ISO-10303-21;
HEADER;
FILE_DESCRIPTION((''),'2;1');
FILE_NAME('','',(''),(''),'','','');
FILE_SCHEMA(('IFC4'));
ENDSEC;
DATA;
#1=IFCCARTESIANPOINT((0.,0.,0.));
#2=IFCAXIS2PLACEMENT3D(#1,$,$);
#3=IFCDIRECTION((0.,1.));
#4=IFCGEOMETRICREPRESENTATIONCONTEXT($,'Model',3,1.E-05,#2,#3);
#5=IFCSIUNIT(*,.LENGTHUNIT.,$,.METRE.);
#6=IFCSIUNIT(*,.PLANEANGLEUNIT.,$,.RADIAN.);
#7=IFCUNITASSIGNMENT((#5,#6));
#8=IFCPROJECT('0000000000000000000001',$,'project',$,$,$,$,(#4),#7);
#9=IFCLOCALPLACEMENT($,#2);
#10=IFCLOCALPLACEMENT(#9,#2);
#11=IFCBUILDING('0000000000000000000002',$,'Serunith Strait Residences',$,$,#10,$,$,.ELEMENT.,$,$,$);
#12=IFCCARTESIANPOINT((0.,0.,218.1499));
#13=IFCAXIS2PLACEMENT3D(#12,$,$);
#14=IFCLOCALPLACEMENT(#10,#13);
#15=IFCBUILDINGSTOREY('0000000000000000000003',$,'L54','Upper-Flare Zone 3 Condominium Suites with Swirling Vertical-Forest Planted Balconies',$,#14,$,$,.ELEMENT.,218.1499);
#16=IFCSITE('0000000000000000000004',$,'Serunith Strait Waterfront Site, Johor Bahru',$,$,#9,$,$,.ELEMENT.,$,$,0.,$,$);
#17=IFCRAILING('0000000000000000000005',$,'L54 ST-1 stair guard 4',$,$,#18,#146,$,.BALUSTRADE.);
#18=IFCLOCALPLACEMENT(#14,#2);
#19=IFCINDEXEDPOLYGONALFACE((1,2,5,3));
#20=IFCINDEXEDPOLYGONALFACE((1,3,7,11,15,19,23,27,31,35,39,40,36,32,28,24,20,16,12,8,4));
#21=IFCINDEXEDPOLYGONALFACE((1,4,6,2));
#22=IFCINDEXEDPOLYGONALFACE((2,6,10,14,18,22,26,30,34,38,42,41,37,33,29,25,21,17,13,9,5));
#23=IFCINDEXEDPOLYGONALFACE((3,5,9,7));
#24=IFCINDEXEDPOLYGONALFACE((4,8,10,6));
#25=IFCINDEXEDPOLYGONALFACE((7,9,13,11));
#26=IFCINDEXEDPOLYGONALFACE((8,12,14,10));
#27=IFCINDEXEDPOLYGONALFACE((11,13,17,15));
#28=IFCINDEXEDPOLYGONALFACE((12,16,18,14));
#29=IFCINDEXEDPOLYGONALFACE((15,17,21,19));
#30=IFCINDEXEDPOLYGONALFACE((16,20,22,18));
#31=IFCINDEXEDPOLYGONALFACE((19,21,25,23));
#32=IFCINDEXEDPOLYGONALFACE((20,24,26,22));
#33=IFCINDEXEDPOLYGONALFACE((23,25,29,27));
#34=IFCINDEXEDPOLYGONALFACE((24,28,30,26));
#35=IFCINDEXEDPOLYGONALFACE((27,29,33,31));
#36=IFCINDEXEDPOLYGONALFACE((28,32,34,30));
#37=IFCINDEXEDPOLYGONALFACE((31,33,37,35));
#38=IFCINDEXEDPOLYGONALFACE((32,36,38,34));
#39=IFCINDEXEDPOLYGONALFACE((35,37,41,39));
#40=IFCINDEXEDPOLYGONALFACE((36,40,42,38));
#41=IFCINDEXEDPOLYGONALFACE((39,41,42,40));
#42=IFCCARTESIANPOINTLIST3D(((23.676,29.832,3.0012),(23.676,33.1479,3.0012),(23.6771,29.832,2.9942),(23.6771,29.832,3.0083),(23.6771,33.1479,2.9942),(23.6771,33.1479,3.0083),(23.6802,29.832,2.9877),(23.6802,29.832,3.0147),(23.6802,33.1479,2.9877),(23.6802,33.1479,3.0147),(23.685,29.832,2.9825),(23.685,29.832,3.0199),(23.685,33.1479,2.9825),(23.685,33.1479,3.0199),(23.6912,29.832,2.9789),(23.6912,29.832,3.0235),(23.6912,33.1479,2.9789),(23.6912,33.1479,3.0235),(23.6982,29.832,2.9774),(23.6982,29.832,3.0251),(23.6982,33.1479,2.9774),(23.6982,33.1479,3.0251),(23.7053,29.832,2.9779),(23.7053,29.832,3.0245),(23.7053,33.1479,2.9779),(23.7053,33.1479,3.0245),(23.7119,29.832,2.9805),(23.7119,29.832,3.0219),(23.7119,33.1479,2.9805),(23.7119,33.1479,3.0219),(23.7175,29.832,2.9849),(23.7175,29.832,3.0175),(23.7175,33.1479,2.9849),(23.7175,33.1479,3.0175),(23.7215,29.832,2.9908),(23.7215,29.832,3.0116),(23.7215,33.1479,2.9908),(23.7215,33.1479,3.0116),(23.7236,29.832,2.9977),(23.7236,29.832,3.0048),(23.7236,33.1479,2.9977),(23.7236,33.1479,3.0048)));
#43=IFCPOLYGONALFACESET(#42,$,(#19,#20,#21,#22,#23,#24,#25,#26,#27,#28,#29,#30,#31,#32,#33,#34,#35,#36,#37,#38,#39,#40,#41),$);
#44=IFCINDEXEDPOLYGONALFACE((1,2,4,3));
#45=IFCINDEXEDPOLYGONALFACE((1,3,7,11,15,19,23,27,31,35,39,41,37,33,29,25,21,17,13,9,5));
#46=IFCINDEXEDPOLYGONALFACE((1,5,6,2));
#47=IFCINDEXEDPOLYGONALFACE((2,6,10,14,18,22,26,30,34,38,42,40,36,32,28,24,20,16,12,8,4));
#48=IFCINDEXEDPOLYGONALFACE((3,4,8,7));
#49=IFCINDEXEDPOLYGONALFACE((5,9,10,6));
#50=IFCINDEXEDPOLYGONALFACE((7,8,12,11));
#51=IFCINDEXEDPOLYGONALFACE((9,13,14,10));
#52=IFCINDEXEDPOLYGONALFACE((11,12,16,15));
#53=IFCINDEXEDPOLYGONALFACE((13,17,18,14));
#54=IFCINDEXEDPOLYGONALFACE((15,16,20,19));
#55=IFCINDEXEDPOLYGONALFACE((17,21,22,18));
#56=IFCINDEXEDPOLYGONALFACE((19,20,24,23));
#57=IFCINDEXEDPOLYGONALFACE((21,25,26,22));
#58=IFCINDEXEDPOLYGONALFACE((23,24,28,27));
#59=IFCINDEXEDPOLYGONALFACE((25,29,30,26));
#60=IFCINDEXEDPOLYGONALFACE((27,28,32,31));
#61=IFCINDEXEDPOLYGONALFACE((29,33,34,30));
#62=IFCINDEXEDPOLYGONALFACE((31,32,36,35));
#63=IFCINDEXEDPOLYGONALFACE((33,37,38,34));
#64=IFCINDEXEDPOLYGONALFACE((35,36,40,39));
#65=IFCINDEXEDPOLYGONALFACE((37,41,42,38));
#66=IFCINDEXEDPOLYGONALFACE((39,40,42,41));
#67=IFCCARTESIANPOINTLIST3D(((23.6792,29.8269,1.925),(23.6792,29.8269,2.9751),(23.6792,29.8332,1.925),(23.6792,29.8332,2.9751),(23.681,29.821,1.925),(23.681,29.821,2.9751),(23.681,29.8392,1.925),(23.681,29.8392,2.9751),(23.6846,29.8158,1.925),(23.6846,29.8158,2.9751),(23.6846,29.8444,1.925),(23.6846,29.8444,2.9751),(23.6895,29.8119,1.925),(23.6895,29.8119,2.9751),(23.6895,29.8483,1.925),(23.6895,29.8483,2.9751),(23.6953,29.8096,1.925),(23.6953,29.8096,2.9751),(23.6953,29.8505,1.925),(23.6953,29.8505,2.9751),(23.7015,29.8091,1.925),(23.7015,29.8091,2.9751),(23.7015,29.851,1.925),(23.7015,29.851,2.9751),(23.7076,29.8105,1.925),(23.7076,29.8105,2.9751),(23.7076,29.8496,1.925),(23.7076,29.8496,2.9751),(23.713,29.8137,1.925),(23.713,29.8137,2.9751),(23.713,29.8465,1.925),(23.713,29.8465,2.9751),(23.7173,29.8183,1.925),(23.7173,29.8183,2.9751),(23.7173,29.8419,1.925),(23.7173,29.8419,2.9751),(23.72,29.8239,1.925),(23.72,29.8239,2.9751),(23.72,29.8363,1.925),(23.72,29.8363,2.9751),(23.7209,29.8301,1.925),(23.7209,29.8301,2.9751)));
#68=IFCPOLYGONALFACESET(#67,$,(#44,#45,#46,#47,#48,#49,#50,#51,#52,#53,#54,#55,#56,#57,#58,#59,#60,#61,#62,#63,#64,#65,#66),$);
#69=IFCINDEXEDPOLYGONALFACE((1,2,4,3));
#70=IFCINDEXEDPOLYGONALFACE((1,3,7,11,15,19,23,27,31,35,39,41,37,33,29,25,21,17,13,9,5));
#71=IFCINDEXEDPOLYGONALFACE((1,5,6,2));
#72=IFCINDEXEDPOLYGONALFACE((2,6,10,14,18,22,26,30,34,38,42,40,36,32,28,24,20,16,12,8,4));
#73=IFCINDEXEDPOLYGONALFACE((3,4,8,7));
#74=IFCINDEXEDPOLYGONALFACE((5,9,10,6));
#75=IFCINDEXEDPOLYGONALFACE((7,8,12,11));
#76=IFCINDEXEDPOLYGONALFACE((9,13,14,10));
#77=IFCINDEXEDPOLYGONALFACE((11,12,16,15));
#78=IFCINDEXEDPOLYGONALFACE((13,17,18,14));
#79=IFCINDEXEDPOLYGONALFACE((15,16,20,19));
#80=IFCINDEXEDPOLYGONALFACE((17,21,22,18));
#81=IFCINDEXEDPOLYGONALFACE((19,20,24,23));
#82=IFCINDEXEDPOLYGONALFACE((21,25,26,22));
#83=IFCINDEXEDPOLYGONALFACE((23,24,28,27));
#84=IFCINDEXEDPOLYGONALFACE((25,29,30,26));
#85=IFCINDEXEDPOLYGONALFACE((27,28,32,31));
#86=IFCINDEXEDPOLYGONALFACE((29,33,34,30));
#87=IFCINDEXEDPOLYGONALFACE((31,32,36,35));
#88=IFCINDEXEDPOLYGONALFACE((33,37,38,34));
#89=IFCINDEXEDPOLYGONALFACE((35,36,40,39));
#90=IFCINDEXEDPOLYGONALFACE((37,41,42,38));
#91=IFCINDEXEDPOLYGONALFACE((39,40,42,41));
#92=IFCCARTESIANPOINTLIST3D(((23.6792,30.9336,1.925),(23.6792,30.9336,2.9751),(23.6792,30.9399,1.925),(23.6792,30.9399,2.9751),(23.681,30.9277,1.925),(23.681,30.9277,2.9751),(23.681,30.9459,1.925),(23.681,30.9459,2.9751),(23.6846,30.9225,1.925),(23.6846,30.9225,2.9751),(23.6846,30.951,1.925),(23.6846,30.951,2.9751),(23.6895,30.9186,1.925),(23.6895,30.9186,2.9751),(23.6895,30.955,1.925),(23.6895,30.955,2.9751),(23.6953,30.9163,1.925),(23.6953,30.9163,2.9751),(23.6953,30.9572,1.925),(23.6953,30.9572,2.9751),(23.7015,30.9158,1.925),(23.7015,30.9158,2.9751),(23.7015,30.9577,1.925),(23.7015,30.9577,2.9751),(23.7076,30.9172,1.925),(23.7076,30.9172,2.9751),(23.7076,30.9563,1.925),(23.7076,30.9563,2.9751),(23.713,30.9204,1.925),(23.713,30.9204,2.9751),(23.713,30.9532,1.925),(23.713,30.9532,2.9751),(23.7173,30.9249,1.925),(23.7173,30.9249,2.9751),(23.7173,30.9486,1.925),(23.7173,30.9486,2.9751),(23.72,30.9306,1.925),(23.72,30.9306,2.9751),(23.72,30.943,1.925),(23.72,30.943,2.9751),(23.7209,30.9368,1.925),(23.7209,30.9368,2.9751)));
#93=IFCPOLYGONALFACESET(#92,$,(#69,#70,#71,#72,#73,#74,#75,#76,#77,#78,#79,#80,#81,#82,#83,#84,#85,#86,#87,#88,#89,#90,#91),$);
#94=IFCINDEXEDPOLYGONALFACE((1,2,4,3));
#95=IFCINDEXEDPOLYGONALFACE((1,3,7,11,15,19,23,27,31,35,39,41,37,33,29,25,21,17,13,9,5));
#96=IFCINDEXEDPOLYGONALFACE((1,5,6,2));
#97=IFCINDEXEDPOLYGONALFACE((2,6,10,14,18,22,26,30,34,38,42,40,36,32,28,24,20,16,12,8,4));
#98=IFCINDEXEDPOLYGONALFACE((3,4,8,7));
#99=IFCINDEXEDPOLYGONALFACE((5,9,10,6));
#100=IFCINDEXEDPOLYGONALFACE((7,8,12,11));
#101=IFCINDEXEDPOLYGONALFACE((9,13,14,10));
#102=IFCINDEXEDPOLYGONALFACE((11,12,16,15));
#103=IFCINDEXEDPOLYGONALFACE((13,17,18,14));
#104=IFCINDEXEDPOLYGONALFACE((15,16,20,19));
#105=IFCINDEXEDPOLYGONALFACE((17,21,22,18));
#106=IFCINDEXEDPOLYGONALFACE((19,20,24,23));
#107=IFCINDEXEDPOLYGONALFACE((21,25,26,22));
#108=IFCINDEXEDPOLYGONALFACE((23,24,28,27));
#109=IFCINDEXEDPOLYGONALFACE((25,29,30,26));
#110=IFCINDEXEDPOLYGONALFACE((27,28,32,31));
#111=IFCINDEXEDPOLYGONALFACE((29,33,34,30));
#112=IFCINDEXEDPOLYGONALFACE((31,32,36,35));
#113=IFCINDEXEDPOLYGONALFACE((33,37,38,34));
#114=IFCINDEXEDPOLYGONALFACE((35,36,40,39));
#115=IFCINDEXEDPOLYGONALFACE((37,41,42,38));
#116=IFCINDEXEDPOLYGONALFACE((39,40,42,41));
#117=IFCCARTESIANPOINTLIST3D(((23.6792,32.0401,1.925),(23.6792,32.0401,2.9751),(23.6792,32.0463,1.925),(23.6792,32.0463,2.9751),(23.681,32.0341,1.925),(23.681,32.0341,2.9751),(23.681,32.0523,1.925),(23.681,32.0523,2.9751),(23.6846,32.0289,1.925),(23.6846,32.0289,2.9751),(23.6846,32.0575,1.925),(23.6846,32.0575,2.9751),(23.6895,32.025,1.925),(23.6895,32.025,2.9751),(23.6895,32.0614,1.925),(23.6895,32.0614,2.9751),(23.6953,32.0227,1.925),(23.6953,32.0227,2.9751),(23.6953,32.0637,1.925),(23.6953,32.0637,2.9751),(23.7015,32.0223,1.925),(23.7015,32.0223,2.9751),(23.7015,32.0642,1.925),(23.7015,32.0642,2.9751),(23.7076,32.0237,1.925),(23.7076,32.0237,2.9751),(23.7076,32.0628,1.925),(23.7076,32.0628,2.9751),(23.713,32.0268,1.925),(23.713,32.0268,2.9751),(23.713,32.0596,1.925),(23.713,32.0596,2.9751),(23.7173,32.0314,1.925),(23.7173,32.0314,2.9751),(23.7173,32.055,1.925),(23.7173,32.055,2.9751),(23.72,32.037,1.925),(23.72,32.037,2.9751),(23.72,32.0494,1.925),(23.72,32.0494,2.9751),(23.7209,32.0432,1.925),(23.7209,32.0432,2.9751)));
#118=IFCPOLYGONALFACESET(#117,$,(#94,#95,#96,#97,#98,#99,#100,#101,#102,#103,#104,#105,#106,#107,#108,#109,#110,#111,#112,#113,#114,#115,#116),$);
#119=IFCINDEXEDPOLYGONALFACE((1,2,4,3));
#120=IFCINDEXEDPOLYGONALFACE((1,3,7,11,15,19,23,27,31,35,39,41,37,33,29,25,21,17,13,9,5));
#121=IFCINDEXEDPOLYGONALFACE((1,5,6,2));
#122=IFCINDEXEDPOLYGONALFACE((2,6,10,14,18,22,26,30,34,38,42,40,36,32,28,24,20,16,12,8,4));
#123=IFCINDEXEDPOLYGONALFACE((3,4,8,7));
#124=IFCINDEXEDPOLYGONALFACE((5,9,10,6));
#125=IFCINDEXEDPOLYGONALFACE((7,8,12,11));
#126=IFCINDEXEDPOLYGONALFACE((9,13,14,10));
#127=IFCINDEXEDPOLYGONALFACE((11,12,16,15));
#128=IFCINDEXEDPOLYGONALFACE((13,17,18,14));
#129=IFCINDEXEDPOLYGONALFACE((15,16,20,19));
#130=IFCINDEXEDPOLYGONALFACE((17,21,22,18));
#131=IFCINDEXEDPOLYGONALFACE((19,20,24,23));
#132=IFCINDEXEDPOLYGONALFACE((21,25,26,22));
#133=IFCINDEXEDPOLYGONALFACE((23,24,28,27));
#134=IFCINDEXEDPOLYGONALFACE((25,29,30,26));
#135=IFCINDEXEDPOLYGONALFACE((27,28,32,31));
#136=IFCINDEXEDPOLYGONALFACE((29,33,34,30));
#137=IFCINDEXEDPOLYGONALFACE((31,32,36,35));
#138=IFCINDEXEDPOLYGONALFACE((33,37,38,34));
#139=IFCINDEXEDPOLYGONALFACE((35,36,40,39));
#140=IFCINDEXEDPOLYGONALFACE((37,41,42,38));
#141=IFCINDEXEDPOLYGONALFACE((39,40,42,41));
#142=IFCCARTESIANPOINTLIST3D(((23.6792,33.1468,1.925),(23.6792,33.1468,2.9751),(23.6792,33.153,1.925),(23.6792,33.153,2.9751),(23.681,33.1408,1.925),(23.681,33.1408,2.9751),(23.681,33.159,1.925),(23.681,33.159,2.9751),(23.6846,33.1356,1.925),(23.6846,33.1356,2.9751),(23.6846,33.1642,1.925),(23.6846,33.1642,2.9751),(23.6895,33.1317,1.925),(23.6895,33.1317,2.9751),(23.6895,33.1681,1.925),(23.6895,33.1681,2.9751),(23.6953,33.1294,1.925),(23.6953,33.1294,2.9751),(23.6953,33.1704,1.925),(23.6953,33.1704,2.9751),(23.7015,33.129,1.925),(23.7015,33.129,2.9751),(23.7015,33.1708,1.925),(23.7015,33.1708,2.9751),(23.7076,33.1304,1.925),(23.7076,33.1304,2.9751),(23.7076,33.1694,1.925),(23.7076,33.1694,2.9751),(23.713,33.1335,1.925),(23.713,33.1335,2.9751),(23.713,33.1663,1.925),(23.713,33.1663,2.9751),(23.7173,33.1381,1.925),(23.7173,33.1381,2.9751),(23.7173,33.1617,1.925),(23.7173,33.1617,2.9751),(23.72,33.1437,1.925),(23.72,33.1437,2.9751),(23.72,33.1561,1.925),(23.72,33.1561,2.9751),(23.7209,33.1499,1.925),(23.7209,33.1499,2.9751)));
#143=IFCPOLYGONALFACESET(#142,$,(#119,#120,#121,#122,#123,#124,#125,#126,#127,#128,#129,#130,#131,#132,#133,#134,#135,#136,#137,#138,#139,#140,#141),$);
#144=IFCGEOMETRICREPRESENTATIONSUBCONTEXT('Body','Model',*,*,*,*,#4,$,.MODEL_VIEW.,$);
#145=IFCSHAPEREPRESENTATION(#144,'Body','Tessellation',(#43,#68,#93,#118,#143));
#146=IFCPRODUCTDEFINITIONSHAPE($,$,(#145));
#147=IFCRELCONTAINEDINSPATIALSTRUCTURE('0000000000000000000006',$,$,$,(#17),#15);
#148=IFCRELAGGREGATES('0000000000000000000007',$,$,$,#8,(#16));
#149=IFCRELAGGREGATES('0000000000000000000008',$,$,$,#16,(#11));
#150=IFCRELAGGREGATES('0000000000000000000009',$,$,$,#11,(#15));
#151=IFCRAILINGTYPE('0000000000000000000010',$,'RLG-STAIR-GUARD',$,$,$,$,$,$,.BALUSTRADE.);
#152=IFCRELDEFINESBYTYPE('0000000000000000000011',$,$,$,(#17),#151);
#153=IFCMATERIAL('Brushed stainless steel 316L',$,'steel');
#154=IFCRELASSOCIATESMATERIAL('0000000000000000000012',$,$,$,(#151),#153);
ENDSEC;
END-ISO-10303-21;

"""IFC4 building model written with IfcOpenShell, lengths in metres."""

from ifc_helpers import new_model, si_unit, direction, frame, origin, origin_2d, place, context, subcontext, project, spatial, circle, extrude, material, type_object, element, save


model = new_model("IFC4")

# Units and contexts
model_context = context("Model", 3, precision=1e-05, world=origin(), true_north=direction((0.0, 1.0)))
body_context = subcontext(model_context, "Body", "Model", "MODEL_VIEW")
ifc_project = project(units=[si_unit("LENGTHUNIT", "METRE"), si_unit("PLANEANGLEUNIT", "RADIAN")], contexts=[model_context])

# Site, building, storey
site_placement = place(None, origin())
site = spatial("IfcSite", under=ifc_project, at=site_placement, Name="Serunith Strait Waterfront Site, Johor Bahru", CompositionType="ELEMENT", RefElevation=0.0)
building_placement = place(site_placement, origin())
building = spatial("IfcBuilding", under=site, at=building_placement, Name="Serunith Strait Residences", CompositionType="ELEMENT")
storey_placement = place(building_placement, frame((0.0, 0.0, 218.1499)))
storey = spatial("IfcBuildingStorey", under=building, at=storey_placement, Name="L54", Description="Upper-Flare Zone 3 Condominium Suites with Swirling Vertical-Forest Planted Balconies", CompositionType="ELEMENT", Elevation=218.1499)

# Railing
ifc_material_1 = material(Name="Brushed stainless steel 316L", Category="steel")
railing_type_1 = type_object("IfcRailingType", Name="RLG-STAIR-GUARD", PredefinedType="BALUSTRADE", material=ifc_material_1)
for number, where, name in (
    (1, (23.7, 29.8301, 1.925), "L54 ST-1 stair guard 4"),
):
    element("IfcRailing", number, at=place(storey_placement, frame(where)), inside=storey, type_object=railing_type_1, Name=name, PredefinedType="BALUSTRADE", context=body_context, shape_type="SweptSolid", body=[
        extrude(circle(Radius=0.0239, at=origin_2d()), frame((0.0, 0.002, 1.0762), z_axis=(0.0, 1.0, 0.0), x_axis=(-1.0, 0.0, 0.0)), (0.0, 0.0, 1.0), 3.3159),
        extrude(circle(Radius=0.021, at=origin_2d()), origin(), (0.0, 0.0, 1.0), 1.05),
        extrude(circle(Radius=0.021, at=origin_2d()), frame((0.0, 1.1067, 0.0)), (0.0, 0.0, 1.0), 1.05),
        extrude(circle(Radius=0.021, at=origin_2d()), frame((0.0, 2.2131, 0.0)), (0.0, 0.0, 1.0), 1.05),
        extrude(circle(Radius=0.021, at=origin_2d()), frame((0.0, 3.3198, 0.0)), (0.0, 0.0, 1.0), 1.05),
    ])

save(model, "model.ifc")
